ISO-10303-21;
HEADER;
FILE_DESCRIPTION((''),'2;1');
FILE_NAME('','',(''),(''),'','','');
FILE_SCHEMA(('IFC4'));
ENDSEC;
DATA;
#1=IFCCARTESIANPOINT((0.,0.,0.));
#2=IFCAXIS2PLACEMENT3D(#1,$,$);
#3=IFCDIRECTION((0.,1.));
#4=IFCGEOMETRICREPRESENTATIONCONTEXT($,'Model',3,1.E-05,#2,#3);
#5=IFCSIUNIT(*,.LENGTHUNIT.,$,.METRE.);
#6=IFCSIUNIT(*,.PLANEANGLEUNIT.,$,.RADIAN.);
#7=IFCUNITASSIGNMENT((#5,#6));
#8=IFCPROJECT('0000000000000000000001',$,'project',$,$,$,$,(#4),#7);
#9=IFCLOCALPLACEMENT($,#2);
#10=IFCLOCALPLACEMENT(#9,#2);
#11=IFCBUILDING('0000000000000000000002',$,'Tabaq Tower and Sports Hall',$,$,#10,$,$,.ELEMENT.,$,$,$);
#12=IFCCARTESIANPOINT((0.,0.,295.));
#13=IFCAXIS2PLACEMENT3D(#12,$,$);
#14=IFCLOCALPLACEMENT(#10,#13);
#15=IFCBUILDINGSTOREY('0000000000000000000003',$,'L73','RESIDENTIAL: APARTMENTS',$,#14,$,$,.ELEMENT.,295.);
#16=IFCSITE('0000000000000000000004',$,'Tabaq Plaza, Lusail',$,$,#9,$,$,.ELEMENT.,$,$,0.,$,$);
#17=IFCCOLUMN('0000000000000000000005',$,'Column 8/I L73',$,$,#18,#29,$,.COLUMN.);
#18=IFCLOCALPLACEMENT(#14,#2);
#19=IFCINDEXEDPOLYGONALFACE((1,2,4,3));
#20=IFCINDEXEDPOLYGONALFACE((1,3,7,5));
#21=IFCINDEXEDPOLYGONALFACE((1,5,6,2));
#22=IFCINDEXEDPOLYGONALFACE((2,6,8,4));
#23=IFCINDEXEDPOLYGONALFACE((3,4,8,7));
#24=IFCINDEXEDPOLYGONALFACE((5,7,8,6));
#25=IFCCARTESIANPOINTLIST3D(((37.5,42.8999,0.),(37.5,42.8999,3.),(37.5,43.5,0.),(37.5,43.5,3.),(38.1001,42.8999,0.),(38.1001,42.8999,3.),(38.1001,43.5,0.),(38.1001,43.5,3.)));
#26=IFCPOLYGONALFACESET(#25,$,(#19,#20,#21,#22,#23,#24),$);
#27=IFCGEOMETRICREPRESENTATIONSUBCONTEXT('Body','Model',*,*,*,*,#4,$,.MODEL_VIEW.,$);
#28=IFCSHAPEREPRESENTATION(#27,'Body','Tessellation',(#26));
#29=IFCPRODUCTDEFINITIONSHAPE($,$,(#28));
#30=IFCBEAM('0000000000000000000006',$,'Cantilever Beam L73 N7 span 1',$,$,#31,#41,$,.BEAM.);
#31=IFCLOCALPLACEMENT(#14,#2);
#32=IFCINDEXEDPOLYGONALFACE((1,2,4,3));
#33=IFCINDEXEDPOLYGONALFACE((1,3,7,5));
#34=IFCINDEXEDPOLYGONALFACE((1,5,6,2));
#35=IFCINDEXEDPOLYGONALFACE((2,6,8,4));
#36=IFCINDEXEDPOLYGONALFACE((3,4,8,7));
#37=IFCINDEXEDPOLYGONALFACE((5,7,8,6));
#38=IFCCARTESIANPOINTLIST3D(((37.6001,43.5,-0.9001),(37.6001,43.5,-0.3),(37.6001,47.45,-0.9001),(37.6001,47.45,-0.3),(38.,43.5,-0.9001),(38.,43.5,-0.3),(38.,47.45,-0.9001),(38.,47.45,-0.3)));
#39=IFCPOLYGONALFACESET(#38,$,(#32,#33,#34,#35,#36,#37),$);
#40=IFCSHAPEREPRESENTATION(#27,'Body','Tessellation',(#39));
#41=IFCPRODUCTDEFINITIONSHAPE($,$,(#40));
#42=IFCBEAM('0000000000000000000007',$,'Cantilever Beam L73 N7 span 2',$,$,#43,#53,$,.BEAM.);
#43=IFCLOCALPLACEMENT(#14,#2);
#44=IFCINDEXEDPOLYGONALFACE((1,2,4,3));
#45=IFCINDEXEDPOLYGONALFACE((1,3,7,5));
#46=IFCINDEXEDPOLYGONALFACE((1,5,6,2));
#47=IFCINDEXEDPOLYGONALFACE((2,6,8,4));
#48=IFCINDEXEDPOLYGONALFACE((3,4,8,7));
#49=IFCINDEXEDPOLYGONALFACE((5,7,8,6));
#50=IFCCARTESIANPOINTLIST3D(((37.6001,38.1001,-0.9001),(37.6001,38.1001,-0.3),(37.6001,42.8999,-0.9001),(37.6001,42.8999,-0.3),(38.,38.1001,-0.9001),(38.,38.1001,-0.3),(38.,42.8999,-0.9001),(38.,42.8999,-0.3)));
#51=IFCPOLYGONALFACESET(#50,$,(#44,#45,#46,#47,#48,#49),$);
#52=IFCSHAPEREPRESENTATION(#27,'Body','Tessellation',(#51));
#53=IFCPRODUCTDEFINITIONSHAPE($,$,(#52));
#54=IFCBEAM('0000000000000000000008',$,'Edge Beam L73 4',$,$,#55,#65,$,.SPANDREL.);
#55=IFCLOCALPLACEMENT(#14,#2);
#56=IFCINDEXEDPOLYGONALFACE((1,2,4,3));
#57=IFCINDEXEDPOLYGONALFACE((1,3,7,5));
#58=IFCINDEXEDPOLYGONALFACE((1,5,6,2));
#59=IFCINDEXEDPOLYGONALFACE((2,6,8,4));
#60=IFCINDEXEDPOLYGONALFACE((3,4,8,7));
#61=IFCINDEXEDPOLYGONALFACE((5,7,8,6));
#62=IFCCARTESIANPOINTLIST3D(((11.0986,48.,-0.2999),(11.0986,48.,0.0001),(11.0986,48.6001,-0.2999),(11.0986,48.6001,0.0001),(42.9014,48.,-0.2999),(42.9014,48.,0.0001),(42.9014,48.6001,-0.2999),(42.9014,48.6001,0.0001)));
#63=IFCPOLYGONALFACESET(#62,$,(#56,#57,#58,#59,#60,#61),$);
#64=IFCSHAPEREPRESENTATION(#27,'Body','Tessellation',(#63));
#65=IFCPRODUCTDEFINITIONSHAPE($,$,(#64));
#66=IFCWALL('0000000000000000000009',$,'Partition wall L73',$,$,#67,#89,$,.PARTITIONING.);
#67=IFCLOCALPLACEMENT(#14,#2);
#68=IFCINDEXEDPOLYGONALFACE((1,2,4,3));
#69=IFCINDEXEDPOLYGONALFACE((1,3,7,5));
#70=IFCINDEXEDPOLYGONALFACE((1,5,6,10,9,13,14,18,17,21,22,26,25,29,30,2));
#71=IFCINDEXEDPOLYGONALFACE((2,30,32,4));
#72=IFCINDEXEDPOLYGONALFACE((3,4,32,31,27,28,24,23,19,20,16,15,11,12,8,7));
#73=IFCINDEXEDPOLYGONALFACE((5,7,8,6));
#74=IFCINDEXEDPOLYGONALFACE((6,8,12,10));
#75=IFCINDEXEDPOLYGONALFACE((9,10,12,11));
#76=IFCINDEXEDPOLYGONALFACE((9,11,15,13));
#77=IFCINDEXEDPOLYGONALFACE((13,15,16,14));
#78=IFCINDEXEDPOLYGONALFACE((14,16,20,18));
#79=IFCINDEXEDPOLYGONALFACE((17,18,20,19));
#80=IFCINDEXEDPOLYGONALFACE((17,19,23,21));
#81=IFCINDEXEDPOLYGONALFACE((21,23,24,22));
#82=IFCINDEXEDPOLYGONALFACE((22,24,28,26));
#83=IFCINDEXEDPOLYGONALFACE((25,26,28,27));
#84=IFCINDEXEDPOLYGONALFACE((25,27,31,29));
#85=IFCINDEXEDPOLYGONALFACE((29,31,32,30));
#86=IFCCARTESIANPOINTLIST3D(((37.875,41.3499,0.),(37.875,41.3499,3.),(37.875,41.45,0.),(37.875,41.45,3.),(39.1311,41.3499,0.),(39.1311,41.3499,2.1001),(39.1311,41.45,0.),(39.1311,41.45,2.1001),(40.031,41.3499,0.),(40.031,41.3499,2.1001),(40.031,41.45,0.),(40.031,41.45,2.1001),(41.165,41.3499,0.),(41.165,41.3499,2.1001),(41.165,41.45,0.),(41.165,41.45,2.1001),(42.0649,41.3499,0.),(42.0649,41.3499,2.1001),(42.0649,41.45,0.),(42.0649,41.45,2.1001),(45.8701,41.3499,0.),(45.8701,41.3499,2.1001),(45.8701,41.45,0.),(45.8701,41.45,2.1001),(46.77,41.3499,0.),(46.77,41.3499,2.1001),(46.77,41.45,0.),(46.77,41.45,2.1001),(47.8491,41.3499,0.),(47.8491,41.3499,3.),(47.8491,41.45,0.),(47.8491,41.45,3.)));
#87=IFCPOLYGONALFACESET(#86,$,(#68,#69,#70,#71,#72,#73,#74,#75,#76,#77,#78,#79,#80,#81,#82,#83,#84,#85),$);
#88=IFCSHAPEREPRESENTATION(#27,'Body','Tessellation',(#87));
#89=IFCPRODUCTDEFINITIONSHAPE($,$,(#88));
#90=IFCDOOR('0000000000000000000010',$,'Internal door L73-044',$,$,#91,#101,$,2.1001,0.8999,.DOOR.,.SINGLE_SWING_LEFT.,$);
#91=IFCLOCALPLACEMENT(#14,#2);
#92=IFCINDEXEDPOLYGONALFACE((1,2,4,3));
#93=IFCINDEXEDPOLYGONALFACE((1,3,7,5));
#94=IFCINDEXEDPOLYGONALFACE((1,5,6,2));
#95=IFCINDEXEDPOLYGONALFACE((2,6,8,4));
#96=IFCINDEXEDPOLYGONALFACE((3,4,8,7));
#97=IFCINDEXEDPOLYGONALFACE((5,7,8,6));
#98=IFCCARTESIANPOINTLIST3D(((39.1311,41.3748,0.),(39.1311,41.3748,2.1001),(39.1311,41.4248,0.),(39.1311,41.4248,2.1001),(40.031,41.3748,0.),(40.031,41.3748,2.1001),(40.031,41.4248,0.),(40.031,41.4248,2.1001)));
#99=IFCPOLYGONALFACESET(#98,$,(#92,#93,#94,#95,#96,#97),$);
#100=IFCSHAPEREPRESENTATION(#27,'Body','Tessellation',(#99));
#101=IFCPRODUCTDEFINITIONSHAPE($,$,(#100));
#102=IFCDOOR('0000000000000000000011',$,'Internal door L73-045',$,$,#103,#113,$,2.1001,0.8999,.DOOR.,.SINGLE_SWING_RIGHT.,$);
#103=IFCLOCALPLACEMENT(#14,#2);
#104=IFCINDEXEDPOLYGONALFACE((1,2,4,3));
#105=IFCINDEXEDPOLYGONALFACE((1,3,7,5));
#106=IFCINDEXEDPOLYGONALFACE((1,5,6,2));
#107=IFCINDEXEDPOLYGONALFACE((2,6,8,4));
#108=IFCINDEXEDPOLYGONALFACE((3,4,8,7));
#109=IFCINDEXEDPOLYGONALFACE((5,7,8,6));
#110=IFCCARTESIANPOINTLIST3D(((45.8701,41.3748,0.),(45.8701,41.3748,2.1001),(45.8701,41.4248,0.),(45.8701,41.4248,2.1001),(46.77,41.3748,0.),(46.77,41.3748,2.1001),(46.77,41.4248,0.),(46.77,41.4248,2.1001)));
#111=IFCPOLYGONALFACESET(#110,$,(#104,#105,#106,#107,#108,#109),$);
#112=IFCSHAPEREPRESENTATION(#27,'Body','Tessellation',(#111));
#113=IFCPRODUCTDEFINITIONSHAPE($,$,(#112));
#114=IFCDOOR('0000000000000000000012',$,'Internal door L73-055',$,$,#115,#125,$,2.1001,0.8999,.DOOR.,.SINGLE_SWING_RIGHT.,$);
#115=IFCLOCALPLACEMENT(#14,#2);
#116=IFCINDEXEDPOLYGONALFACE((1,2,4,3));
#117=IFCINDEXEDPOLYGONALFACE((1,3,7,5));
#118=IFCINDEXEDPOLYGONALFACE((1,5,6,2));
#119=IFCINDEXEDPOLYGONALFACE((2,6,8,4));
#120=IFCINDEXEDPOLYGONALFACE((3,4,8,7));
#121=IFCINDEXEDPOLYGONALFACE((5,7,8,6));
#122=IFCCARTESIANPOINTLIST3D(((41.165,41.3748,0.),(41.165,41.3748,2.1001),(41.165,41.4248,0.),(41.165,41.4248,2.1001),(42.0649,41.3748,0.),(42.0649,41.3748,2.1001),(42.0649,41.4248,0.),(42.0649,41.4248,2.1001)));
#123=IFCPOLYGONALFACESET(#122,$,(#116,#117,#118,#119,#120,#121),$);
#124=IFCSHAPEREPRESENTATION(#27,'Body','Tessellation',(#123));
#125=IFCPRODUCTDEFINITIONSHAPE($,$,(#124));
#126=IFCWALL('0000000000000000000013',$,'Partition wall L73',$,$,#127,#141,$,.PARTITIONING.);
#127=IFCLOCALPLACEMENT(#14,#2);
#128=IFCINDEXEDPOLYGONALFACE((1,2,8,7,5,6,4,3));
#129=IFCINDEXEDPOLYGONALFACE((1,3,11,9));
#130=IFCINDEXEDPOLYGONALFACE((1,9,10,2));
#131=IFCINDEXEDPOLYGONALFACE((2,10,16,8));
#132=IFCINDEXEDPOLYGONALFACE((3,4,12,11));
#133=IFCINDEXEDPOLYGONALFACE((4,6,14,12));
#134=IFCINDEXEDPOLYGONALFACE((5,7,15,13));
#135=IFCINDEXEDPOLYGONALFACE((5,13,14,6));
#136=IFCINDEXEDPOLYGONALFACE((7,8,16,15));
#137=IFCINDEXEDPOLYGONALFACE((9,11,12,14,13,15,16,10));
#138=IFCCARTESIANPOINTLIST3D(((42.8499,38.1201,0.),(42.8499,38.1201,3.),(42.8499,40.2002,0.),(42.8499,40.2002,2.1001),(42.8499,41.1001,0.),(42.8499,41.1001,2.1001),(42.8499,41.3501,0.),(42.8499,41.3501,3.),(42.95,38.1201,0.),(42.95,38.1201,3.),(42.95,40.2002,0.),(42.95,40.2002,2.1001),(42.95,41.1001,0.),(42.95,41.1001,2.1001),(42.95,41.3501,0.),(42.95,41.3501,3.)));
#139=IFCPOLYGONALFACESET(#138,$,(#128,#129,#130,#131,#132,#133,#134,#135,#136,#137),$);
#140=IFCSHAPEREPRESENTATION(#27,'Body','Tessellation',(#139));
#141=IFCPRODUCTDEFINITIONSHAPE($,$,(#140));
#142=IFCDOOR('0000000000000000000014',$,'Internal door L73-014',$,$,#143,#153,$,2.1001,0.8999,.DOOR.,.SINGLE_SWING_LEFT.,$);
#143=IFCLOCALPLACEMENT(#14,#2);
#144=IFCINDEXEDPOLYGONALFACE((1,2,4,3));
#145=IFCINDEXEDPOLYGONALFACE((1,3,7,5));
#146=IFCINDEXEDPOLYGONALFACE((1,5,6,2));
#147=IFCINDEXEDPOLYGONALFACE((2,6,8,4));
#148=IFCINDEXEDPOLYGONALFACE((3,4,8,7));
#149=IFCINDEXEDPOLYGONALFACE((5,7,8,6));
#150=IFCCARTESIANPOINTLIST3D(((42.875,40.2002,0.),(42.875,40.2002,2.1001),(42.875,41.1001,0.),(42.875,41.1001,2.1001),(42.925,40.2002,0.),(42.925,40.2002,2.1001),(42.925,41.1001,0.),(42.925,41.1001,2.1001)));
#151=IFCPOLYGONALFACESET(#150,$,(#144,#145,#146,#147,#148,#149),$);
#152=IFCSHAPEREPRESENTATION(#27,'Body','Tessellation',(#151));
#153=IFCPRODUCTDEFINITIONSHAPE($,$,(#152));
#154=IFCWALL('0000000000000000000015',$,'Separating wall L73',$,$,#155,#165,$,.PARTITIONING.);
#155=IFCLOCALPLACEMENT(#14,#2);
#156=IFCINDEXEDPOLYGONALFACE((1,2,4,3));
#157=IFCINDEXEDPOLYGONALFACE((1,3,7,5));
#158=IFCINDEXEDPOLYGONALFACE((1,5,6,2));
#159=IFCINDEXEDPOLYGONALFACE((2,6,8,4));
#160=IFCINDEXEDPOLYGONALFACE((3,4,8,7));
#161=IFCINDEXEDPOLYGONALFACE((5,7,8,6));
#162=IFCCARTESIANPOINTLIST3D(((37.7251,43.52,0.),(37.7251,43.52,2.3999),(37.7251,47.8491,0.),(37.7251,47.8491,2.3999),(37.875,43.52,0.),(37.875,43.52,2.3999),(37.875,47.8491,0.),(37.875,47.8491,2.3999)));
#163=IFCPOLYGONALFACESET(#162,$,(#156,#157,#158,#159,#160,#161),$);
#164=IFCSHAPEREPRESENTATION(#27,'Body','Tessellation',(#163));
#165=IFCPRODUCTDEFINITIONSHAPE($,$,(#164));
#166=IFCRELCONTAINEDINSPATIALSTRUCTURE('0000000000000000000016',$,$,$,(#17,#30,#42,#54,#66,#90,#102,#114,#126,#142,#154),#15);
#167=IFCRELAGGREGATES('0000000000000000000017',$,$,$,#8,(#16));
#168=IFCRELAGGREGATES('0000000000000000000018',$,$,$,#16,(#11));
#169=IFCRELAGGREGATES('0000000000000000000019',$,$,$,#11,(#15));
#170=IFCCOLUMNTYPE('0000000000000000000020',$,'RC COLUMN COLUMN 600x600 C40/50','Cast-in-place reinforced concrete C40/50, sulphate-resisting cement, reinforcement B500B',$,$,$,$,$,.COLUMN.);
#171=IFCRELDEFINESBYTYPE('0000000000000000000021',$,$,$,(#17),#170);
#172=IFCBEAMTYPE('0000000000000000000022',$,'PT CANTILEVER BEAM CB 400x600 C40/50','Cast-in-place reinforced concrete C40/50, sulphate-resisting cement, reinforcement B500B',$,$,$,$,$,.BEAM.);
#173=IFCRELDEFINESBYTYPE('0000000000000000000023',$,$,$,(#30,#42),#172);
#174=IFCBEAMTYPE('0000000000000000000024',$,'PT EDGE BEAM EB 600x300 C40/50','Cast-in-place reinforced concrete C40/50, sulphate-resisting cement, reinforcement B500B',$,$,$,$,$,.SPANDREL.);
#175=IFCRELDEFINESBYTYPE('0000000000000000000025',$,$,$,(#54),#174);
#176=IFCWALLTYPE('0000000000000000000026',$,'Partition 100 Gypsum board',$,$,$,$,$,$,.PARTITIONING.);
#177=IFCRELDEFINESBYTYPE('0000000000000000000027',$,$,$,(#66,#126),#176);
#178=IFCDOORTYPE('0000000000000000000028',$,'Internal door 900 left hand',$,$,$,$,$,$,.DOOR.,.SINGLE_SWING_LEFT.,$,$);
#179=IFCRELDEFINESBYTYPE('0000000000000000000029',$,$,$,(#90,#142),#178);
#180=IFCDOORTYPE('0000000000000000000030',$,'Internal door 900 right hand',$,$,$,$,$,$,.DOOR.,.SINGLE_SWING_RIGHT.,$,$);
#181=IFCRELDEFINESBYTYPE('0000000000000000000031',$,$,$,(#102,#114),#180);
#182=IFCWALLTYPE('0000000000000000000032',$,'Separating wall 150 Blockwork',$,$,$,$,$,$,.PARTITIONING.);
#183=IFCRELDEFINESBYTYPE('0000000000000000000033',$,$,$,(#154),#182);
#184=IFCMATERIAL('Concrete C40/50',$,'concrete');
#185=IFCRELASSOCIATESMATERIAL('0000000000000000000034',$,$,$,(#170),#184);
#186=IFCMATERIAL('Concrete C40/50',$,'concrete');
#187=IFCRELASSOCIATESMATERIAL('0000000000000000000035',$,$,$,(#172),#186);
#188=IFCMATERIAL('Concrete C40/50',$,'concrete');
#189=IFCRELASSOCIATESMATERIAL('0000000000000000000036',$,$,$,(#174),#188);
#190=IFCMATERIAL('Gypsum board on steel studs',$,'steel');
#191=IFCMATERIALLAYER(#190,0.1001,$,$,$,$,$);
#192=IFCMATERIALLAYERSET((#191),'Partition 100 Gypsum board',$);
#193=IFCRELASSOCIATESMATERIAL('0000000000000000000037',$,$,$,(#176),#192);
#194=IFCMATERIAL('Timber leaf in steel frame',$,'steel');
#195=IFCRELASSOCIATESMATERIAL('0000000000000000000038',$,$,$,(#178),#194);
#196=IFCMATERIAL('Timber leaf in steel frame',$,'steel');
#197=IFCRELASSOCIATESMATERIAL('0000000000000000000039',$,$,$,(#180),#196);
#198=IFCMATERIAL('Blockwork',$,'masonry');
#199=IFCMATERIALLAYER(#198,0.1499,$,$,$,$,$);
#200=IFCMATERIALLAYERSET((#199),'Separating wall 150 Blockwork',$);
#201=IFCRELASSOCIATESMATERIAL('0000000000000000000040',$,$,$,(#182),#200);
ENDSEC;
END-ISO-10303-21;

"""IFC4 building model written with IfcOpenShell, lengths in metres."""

from ifc_helpers import new_model, si_unit, direction, frame, frame_2d, origin, origin_2d, place, context, subcontext, project, spatial, rectangle, extrude, material, layer, layer_set, material_profile, profile_set, type_object, element, fill, save


model = new_model("IFC4")

# Units and contexts
model_context = context("Model", 3, precision=1e-05, world=origin(), true_north=direction((0.0, 1.0)))
body_context = subcontext(model_context, "Body", "Model", "MODEL_VIEW")
ifc_project = project(units=[si_unit("LENGTHUNIT", "METRE"), si_unit("PLANEANGLEUNIT", "RADIAN")], contexts=[model_context])

# Site, building, storey
site_placement = place(None, origin())
site = spatial("IfcSite", under=ifc_project, at=site_placement, Name="Tabaq Plaza, Lusail", CompositionType="ELEMENT", RefElevation=0.0)
building_placement = place(site_placement, origin())
building = spatial("IfcBuilding", under=site, at=building_placement, Name="Tabaq Tower and Sports Hall", CompositionType="ELEMENT")
storey_placement = place(building_placement, frame((0.0, 0.0, 295.0)))
storey = spatial("IfcBuildingStorey", under=building, at=storey_placement, Name="L73", Description="RESIDENTIAL: APARTMENTS", CompositionType="ELEMENT", Elevation=295.0)

# Column
ifc_material_1 = material(Name="Concrete C40/50", Category="concrete")
ifc_material_profile_1 = material_profile(ifc_material_1, rectangle(XDim=0.6001, YDim=0.6001, at=origin_2d()), Name="COLUMN 600x600")
ifc_profile_set_1 = profile_set([ifc_material_profile_1], Name="Concrete C40/50")
column_type = type_object("IfcColumnType", Name="RC COLUMN COLUMN 600x600 C40/50", Description="Cast-in-place reinforced concrete C40/50, sulphate-resisting cement, reinforcement B500B", PredefinedType="COLUMN", material=ifc_profile_set_1)
column_placement = place(storey_placement, frame((37.8, 43.2, 0.0), z_axis=(0.0, 0.0, 1.0), x_axis=(1.0, 0.0, 0.0)))
element("IfcColumn", 1, at=column_placement, inside=storey, type_object=column_type, Name="Column 8/I L73", PredefinedType="COLUMN", context=body_context, shape_type="SweptSolid", body=[
    extrude(rectangle(XDim=0.6001, YDim=0.6001, at=origin_2d()), origin(), (0.0, 0.0, 1.0), 3.0),
])

# Beams
ifc_material_2 = material(Name="Concrete C40/50", Category="concrete")
ifc_material_profile_2 = material_profile(ifc_material_2, rectangle(XDim=0.3999, YDim=0.6001, at=origin_2d()), Name="CB 400x600")
ifc_profile_set_2 = profile_set([ifc_material_profile_2], Name="Concrete C40/50")
beam_type_1 = type_object("IfcBeamType", Name="PT CANTILEVER BEAM CB 400x600 C40/50", Description="Cast-in-place reinforced concrete C40/50, sulphate-resisting cement, reinforcement B500B", PredefinedType="BEAM", material=ifc_profile_set_2)
beam_1_placement = place(storey_placement, frame((37.8, 47.45, -0.6001), z_axis=(0.0, -1.0, 0.0), x_axis=(1.0, 0.0, 0.0)))
element("IfcBeam", 2, at=beam_1_placement, inside=storey, type_object=beam_type_1, Name="Cantilever Beam L73 N7 span 1", PredefinedType="BEAM", context=body_context, shape_type="SweptSolid", body=[
    extrude(rectangle(XDim=0.3999, YDim=0.6001, at=origin_2d()), origin(), (0.0, 0.0, 1.0), 3.95),
])
beam_2_placement = place(storey_placement, frame((37.8, 42.8999, -0.6001), z_axis=(0.0, -1.0, 0.0), x_axis=(1.0, 0.0, 0.0)))
element("IfcBeam", 3, at=beam_2_placement, inside=storey, type_object=beam_type_1, Name="Cantilever Beam L73 N7 span 2", PredefinedType="BEAM", context=body_context, shape_type="SweptSolid", body=[
    extrude(rectangle(XDim=0.3999, YDim=0.6001, at=origin_2d()), origin(), (0.0, 0.0, 1.0), 4.7998),
])
ifc_material_3 = material(Name="Concrete C40/50", Category="concrete")
ifc_material_profile_3 = material_profile(ifc_material_3, rectangle(XDim=0.6001, YDim=0.3, at=origin_2d()), Name="EB 600x300")
ifc_profile_set_3 = profile_set([ifc_material_profile_3], Name="Concrete C40/50")
beam_type_2 = type_object("IfcBeamType", Name="PT EDGE BEAM EB 600x300 C40/50", Description="Cast-in-place reinforced concrete C40/50, sulphate-resisting cement, reinforcement B500B", PredefinedType="SPANDREL", material=ifc_profile_set_3)
beam_3_placement = place(storey_placement, frame((42.9014, 48.3, -0.1499), z_axis=(-1.0, 0.0, 0.0), x_axis=(0.0, -1.0, 0.0)))
element("IfcBeam", 4, at=beam_3_placement, inside=storey, type_object=beam_type_2, Name="Edge Beam L73 4", PredefinedType="SPANDREL", context=body_context, shape_type="SweptSolid", body=[
    extrude(rectangle(XDim=0.6001, YDim=0.3, at=origin_2d()), origin(), (0.0, 0.0, 1.0), 31.8027),
])

# Wall, openings, doors
ifc_material_4 = material(Name="Gypsum board on steel studs", Category="steel")
ifc_layer_1 = layer(ifc_material_4, 0.1001)
ifc_layer_set_1 = layer_set([ifc_layer_1], Name="Partition 100 Gypsum board")
wall_type_1 = type_object("IfcWallType", Name="Partition 100 Gypsum board", PredefinedType="PARTITIONING", material=ifc_layer_set_1)
wall_1_placement = place(storey_placement, frame((37.875, 41.3999, 0.0), z_axis=(0.0, 0.0, 1.0), x_axis=(1.0, 0.0, 0.0)))
wall_1 = element("IfcWall", 5, at=wall_1_placement, inside=storey, type_object=wall_type_1, Name="Partition wall L73", PredefinedType="PARTITIONING", context=body_context, shape_type="SweptSolid", body=[
    extrude(rectangle(XDim=9.9741, YDim=0.1001, at=frame_2d((4.9871, 0.0))), origin(), (0.0, 0.0, 1.0), 3.0),
])
opening_1_placement = place(wall_1_placement, frame((1.2561, 0.0, 0.0)))
opening_1 = element("IfcOpeningElement", 6, at=opening_1_placement, cuts=wall_1, PredefinedType="OPENING", context=body_context, shape_type="SweptSolid", body=[
    extrude(rectangle(XDim=0.8999, YDim=2.1001, at=frame_2d((0.45, 1.05))), frame((0.0, 0.05, 0.0), z_axis=(0.0, -1.0, 0.0), x_axis=(1.0, 0.0, 0.0)), (0.0, 0.0, 1.0), 0.1001),
])
opening_2_placement = place(wall_1_placement, frame((7.9951, 0.0, 0.0)))
opening_2 = element("IfcOpeningElement", 7, at=opening_2_placement, cuts=wall_1, PredefinedType="OPENING", context=body_context, shape_type="SweptSolid", body=[
    extrude(rectangle(XDim=0.8999, YDim=2.1001, at=frame_2d((0.45, 1.05))), frame((0.0, 0.05, 0.0), z_axis=(0.0, -1.0, 0.0), x_axis=(1.0, 0.0, 0.0)), (0.0, 0.0, 1.0), 0.1001),
])
opening_3_placement = place(wall_1_placement, frame((3.29, 0.0, 0.0)))
opening_3 = element("IfcOpeningElement", 8, at=opening_3_placement, cuts=wall_1, PredefinedType="OPENING", context=body_context, shape_type="SweptSolid", body=[
    extrude(rectangle(XDim=0.8999, YDim=2.1001, at=frame_2d((0.45, 1.05))), frame((0.0, 0.05, 0.0), z_axis=(0.0, -1.0, 0.0), x_axis=(1.0, 0.0, 0.0)), (0.0, 0.0, 1.0), 0.1001),
])
ifc_material_5 = material(Name="Timber leaf in steel frame", Category="steel")
door_type_1 = type_object("IfcDoorType", Name="Internal door 900 left hand", OperationType="SINGLE_SWING_LEFT", PredefinedType="DOOR", material=ifc_material_5)
door_1_placement = place(opening_1_placement, origin())
door_1 = element("IfcDoor", 9, at=door_1_placement, inside=storey, type_object=door_type_1, Name="Internal door L73-044", OperationType="SINGLE_SWING_LEFT", OverallHeight=2.1001, OverallWidth=0.8999, PredefinedType="DOOR", context=body_context, shape_type="SweptSolid", body=[
    extrude(rectangle(XDim=0.8999, YDim=2.1001, at=frame_2d((0.45, 1.05))), frame((0.0, 0.0249, 0.0), z_axis=(0.0, -1.0, 0.0), x_axis=(1.0, 0.0, 0.0)), (0.0, 0.0, 1.0), 0.05),
])
fill(opening_1, door_1)
ifc_material_6 = material(Name="Timber leaf in steel frame", Category="steel")
door_type_2 = type_object("IfcDoorType", Name="Internal door 900 right hand", OperationType="SINGLE_SWING_RIGHT", PredefinedType="DOOR", material=ifc_material_6)
door_2_placement = place(opening_2_placement, origin())
door_2 = element("IfcDoor", 10, at=door_2_placement, inside=storey, type_object=door_type_2, Name="Internal door L73-045", OperationType="SINGLE_SWING_RIGHT", OverallHeight=2.1001, OverallWidth=0.8999, PredefinedType="DOOR", context=body_context, shape_type="SweptSolid", body=[
    extrude(rectangle(XDim=0.8999, YDim=2.1001, at=frame_2d((0.45, 1.05))), frame((0.0, 0.0249, 0.0), z_axis=(0.0, -1.0, 0.0), x_axis=(1.0, 0.0, 0.0)), (0.0, 0.0, 1.0), 0.05),
])
fill(opening_2, door_2)
door_3_placement = place(opening_3_placement, origin())
door_3 = element("IfcDoor", 11, at=door_3_placement, inside=storey, type_object=door_type_2, Name="Internal door L73-055", OperationType="SINGLE_SWING_RIGHT", OverallHeight=2.1001, OverallWidth=0.8999, PredefinedType="DOOR", context=body_context, shape_type="SweptSolid", body=[
    extrude(rectangle(XDim=0.8999, YDim=2.1001, at=frame_2d((0.45, 1.05))), frame((0.0, 0.0249, 0.0), z_axis=(0.0, -1.0, 0.0), x_axis=(1.0, 0.0, 0.0)), (0.0, 0.0, 1.0), 0.05),
])
fill(opening_3, door_3)

# Wall, opening, door
wall_2_placement = place(storey_placement, frame((42.8999, 38.1201, 0.0), z_axis=(0.0, 0.0, 1.0), x_axis=(0.0, 1.0, 0.0)))
wall_2 = element("IfcWall", 12, at=wall_2_placement, inside=storey, type_object=wall_type_1, Name="Partition wall L73", PredefinedType="PARTITIONING", context=body_context, shape_type="SweptSolid", body=[
    extrude(rectangle(XDim=3.23, YDim=0.1001, at=frame_2d((1.615, 0.0))), origin(), (0.0, 0.0, 1.0), 3.0),
])
opening_4_placement = place(wall_2_placement, frame((2.0801, 0.0, 0.0)))
opening_4 = element("IfcOpeningElement", 13, at=opening_4_placement, cuts=wall_2, PredefinedType="OPENING", context=body_context, shape_type="SweptSolid", body=[
    extrude(rectangle(XDim=0.8999, YDim=2.1001, at=frame_2d((0.45, 1.05))), frame((0.0, 0.05, 0.0), z_axis=(0.0, -1.0, 0.0), x_axis=(1.0, 0.0, 0.0)), (0.0, 0.0, 1.0), 0.1001),
])
door_4_placement = place(opening_4_placement, origin())
door_4 = element("IfcDoor", 14, at=door_4_placement, inside=storey, type_object=door_type_1, Name="Internal door L73-014", OperationType="SINGLE_SWING_LEFT", OverallHeight=2.1001, OverallWidth=0.8999, PredefinedType="DOOR", context=body_context, shape_type="SweptSolid", body=[
    extrude(rectangle(XDim=0.8999, YDim=2.1001, at=frame_2d((0.45, 1.05))), frame((0.0, 0.0249, 0.0), z_axis=(0.0, -1.0, 0.0), x_axis=(1.0, 0.0, 0.0)), (0.0, 0.0, 1.0), 0.05),
])
fill(opening_4, door_4)

# Wall
ifc_material_7 = material(Name="Blockwork", Category="masonry")
ifc_layer_2 = layer(ifc_material_7, 0.1499)
ifc_layer_set_2 = layer_set([ifc_layer_2], Name="Separating wall 150 Blockwork")
wall_type_2 = type_object("IfcWallType", Name="Separating wall 150 Blockwork", PredefinedType="PARTITIONING", material=ifc_layer_set_2)
wall_3_placement = place(storey_placement, frame((37.8, 43.52, 0.0), z_axis=(0.0, 0.0, 1.0), x_axis=(0.0, 1.0, 0.0)))
element("IfcWall", 15, at=wall_3_placement, inside=storey, type_object=wall_type_2, Name="Separating wall L73", PredefinedType="PARTITIONING", context=body_context, shape_type="SweptSolid", body=[
    extrude(rectangle(XDim=4.3291, YDim=0.1499, at=frame_2d((2.1646, 0.0))), origin(), (0.0, 0.0, 1.0), 2.3999),
])

save(model, "model.ifc")
